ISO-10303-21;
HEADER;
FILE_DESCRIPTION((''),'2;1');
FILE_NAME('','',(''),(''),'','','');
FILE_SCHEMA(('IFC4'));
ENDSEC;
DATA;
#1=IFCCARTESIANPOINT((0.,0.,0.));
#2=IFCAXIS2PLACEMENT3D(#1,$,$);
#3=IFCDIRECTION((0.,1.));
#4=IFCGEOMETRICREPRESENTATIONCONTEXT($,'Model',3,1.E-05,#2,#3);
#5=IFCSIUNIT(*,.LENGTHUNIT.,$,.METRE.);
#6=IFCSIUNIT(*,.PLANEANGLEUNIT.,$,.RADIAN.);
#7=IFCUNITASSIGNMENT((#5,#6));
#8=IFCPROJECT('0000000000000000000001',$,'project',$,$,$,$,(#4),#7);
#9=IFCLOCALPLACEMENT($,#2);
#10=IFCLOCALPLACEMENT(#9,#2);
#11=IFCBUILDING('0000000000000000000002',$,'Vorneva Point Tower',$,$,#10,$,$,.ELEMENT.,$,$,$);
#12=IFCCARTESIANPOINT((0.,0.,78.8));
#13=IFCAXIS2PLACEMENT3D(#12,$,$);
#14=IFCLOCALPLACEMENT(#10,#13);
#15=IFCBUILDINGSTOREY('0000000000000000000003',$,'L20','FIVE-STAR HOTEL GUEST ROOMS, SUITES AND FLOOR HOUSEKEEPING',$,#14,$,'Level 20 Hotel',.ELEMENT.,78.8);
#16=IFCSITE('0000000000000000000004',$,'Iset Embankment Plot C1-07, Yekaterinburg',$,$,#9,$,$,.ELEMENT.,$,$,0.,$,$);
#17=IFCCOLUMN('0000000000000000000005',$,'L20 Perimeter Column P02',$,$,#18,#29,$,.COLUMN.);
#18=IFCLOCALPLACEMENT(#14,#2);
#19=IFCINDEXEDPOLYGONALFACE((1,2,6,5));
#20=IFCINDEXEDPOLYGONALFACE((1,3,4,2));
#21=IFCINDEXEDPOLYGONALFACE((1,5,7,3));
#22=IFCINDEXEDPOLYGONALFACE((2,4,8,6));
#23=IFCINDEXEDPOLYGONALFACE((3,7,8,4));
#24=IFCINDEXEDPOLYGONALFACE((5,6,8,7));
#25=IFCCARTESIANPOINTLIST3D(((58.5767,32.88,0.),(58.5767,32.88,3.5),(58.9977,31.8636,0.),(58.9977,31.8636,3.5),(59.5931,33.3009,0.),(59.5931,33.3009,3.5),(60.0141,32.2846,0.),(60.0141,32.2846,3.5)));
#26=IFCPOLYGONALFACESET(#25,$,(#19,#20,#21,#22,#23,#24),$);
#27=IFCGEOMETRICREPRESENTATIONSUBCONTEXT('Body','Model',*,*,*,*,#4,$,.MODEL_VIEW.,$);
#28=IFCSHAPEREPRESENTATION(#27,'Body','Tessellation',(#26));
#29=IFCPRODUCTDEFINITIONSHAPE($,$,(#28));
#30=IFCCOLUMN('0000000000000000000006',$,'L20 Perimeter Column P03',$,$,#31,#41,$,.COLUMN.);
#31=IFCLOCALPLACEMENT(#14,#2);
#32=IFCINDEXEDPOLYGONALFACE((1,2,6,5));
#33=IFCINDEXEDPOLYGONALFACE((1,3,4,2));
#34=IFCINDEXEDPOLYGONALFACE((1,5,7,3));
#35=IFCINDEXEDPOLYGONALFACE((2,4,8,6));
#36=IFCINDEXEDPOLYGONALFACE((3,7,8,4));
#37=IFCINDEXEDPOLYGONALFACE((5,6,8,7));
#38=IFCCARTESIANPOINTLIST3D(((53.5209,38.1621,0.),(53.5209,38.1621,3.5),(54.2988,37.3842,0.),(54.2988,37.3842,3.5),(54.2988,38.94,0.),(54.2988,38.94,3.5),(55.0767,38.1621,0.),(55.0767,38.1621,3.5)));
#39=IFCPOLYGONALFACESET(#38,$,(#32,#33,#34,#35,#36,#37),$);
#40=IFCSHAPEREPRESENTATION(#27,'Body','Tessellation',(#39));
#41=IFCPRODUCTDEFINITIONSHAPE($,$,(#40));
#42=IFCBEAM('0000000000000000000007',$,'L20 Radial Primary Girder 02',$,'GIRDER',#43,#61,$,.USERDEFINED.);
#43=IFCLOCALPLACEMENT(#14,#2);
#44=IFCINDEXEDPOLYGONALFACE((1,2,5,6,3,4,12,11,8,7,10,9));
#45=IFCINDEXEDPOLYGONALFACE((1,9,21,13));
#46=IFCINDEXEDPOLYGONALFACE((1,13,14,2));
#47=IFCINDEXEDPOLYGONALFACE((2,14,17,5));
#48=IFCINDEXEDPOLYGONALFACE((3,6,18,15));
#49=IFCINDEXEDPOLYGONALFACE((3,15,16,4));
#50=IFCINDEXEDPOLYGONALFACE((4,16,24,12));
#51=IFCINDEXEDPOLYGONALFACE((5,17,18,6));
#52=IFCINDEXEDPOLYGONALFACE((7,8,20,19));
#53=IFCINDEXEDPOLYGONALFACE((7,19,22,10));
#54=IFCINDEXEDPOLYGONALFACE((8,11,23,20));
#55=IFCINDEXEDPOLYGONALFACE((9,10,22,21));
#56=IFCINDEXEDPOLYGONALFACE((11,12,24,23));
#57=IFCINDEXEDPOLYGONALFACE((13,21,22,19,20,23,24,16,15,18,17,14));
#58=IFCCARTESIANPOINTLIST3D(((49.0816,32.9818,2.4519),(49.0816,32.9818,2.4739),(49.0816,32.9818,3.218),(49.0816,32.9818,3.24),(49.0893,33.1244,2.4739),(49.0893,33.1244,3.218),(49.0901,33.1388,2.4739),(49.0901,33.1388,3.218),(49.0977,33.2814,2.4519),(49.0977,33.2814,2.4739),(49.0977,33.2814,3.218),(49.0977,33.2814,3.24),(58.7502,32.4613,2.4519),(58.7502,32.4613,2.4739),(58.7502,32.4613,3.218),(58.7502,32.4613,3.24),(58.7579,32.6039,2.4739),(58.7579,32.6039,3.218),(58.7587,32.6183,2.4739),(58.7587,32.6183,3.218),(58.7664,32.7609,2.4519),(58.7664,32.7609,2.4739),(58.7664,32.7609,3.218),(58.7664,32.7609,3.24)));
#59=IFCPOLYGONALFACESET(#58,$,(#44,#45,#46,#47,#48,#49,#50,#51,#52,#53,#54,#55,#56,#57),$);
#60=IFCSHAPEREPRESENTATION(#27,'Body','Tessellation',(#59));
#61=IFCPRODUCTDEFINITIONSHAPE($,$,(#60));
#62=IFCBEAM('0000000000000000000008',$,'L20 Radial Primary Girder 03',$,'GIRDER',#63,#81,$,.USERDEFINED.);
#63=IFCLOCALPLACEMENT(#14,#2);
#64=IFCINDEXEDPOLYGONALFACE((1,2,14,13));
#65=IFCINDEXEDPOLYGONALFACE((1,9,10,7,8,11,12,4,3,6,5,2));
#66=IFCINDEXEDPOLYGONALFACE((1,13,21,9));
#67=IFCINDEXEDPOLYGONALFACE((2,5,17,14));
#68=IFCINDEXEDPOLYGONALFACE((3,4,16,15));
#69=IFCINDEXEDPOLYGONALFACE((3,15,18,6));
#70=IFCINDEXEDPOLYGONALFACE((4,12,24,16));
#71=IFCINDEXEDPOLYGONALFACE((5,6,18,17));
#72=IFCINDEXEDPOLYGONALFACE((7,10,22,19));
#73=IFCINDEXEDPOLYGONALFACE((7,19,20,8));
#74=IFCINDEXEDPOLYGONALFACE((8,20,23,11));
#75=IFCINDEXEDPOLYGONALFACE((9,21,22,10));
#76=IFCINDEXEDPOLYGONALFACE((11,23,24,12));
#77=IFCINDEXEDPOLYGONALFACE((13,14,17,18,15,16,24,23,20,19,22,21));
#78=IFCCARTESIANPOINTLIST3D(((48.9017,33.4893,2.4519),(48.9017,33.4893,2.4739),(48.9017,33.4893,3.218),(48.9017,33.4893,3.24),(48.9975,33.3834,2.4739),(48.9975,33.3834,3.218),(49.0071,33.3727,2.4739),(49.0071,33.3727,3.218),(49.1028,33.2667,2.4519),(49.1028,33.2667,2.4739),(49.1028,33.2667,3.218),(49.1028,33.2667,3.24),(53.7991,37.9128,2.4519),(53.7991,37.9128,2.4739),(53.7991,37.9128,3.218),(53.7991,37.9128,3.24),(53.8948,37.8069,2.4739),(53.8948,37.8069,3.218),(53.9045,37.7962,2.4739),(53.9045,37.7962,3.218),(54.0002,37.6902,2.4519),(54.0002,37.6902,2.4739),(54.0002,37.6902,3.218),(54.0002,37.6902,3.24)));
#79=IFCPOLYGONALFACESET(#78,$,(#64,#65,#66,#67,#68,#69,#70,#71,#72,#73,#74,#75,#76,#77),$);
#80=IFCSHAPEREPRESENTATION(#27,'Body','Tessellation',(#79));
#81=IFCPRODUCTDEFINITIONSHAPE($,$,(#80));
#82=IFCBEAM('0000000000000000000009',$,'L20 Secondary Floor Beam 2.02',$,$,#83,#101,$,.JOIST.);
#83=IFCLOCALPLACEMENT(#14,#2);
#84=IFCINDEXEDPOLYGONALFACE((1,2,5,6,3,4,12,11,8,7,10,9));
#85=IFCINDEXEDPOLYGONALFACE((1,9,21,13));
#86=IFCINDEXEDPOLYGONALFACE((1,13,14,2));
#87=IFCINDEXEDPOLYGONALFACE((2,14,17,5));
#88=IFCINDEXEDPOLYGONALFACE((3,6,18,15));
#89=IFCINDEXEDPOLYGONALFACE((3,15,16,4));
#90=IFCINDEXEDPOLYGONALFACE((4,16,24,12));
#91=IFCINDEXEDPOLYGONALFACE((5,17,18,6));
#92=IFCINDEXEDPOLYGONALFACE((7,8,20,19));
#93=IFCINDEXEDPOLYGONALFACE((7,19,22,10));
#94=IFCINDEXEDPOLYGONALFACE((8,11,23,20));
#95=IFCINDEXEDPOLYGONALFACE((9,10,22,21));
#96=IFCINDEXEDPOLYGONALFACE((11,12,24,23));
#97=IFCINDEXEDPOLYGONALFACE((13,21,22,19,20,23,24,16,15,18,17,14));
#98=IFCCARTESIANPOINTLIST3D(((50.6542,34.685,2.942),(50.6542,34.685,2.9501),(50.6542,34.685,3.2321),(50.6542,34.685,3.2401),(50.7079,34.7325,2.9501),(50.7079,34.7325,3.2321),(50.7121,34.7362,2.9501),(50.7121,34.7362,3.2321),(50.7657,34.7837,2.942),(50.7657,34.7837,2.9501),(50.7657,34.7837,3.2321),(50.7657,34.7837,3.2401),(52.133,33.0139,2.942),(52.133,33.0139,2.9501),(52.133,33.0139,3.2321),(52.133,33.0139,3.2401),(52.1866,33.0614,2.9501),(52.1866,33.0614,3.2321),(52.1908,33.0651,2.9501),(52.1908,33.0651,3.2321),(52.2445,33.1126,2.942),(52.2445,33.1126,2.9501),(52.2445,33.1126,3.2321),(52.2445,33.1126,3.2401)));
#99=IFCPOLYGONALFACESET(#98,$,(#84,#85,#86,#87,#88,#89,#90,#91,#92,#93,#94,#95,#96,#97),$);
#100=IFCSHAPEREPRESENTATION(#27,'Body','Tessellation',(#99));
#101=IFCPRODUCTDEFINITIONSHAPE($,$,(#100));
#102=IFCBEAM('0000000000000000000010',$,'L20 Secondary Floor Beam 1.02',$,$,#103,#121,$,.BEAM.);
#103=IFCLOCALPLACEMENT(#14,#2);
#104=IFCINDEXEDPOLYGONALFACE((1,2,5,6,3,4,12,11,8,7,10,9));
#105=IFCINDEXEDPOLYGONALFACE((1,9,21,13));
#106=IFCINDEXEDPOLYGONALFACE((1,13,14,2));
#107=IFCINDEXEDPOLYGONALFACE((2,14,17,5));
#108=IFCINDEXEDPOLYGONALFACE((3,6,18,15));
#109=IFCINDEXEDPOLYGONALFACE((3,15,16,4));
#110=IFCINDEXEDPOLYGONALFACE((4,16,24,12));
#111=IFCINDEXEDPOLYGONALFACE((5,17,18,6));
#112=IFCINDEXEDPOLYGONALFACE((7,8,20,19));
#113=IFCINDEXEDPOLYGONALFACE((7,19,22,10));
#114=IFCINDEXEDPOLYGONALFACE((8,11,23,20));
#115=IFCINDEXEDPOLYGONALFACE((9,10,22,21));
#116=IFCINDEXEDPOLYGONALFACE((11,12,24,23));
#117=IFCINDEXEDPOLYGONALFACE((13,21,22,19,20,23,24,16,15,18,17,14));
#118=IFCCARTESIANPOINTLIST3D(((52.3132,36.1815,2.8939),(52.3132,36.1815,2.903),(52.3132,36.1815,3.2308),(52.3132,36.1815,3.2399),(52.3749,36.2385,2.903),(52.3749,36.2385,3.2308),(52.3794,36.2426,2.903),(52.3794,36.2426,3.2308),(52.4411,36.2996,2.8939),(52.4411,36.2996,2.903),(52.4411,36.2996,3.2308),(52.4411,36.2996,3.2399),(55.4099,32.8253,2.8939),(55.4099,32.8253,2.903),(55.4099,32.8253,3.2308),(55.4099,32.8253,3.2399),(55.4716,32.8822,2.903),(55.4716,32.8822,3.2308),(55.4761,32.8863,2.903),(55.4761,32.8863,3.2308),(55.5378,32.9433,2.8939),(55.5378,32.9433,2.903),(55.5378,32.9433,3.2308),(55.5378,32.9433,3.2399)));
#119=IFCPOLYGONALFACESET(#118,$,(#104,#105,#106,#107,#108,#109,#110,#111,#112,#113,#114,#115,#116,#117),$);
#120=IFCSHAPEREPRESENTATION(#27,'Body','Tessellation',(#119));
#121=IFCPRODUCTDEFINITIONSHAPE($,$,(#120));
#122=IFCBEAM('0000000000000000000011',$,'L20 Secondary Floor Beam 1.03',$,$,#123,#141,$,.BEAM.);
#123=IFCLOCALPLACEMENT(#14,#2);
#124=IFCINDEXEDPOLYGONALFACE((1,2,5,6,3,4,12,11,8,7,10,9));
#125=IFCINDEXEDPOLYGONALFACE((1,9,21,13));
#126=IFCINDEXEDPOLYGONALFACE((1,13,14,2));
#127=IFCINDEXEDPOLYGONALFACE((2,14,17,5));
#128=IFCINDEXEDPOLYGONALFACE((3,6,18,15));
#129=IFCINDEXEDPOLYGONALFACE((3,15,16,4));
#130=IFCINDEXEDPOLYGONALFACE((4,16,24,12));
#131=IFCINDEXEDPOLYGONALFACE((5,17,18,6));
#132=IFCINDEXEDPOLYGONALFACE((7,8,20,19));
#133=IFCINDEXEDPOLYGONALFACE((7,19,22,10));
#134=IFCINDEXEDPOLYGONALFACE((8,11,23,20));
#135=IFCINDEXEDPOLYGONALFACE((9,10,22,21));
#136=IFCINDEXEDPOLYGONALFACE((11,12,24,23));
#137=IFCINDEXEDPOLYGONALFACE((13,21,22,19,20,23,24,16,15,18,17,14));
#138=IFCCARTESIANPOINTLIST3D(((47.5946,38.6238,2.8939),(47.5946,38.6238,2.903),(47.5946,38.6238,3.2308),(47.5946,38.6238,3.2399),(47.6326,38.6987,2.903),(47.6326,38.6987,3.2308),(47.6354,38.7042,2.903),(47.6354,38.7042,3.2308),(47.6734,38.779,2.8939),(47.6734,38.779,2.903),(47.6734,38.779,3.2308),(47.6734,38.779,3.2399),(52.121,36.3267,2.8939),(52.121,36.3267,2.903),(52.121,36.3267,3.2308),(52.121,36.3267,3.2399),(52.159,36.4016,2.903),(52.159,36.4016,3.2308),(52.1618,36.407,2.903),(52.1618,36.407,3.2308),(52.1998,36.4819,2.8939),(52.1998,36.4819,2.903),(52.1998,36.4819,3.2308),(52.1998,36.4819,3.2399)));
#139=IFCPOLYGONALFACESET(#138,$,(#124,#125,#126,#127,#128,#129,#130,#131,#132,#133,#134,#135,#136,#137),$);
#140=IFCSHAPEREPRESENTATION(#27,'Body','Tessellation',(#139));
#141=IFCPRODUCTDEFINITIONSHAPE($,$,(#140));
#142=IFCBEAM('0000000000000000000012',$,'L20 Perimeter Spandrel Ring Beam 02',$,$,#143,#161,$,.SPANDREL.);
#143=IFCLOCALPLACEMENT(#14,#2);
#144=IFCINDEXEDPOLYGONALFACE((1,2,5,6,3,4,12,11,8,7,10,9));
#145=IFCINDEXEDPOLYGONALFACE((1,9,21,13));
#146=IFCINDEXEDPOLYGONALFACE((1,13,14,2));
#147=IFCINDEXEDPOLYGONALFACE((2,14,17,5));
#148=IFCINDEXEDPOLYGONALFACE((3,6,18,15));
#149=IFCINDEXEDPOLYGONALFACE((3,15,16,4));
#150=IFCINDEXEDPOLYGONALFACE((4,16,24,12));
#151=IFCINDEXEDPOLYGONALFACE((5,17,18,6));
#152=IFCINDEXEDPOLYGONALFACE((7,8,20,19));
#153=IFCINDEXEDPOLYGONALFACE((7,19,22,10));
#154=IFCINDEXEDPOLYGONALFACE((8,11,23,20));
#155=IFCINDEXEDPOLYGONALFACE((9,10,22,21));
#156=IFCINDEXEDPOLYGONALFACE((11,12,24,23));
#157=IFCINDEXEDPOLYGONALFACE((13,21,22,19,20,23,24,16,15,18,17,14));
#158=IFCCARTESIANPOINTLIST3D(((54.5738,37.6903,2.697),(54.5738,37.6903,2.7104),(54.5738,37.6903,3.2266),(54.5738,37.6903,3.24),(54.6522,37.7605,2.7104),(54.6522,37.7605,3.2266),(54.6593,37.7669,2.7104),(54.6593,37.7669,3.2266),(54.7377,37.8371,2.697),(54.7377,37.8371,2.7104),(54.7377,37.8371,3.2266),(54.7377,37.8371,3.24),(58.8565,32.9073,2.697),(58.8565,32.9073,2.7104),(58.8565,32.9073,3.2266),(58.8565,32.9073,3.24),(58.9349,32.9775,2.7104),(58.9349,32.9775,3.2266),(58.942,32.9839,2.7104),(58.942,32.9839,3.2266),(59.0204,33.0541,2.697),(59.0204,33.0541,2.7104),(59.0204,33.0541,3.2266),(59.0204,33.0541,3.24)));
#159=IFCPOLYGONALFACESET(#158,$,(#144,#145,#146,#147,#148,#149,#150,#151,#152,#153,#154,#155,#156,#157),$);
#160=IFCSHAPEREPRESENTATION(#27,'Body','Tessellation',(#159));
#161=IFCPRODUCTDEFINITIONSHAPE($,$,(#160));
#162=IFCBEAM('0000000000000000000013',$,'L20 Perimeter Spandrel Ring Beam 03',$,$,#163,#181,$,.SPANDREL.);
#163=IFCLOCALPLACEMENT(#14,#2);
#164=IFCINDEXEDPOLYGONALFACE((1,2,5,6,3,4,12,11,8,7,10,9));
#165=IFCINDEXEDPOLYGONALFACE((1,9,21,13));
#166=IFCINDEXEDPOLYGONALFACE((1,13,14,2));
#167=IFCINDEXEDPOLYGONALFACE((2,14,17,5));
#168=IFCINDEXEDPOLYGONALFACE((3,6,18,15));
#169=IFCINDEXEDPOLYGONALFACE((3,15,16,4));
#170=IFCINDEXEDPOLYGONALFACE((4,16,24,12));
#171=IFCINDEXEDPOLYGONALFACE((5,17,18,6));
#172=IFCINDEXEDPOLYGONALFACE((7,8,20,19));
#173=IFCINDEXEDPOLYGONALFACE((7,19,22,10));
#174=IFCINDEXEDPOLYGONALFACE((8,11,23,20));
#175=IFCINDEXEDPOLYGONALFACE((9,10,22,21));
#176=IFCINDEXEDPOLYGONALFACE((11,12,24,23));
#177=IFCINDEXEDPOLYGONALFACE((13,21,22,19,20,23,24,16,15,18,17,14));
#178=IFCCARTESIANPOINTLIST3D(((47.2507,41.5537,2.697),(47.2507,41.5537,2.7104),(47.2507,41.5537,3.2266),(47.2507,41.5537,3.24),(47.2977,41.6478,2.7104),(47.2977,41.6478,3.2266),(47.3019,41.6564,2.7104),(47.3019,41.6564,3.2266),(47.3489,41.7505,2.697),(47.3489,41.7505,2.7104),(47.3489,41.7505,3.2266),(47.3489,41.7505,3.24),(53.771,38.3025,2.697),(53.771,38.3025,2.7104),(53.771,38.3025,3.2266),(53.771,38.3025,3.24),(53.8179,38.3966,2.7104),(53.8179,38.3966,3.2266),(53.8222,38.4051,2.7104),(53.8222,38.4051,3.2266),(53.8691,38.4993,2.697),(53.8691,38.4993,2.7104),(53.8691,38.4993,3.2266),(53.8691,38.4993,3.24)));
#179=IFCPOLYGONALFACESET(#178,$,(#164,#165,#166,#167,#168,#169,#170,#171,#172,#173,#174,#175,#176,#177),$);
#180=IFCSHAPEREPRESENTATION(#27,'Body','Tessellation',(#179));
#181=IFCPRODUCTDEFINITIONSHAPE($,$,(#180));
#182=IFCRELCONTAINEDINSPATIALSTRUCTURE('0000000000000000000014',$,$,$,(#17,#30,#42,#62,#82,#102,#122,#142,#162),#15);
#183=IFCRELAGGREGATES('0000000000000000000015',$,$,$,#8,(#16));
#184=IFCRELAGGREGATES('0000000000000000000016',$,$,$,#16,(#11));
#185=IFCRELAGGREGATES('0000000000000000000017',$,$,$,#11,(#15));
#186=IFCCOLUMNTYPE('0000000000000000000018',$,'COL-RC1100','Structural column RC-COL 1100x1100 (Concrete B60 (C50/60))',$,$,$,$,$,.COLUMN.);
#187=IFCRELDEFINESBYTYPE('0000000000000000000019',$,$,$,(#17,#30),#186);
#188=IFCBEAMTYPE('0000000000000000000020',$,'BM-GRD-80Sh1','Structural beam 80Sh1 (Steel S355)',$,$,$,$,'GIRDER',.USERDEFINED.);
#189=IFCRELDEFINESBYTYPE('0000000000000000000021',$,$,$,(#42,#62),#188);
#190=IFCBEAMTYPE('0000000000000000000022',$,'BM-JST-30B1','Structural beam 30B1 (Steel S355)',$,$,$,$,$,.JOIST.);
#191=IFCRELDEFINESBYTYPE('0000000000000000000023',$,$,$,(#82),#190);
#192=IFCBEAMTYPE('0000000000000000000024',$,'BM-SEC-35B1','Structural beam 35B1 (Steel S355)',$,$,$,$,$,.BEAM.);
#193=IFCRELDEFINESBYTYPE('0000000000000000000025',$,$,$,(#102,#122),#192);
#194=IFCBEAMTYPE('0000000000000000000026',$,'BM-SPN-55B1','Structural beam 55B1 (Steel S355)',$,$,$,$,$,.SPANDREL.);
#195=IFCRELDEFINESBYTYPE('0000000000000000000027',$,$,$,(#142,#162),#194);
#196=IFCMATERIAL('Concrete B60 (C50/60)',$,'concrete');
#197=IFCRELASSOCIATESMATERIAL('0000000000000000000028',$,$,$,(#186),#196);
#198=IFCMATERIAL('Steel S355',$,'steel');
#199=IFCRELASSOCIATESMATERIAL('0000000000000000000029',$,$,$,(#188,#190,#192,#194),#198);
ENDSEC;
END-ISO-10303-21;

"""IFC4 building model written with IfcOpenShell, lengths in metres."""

from ifc_helpers import new_model, si_unit, direction, frame, origin, origin_2d, place, context, subcontext, project, spatial, rectangle, i_section, extrude, material, material_profile, profile_set, type_object, element, save


model = new_model("IFC4")

# Units and contexts
model_context = context("Model", 3, precision=1e-05, world=origin(), true_north=direction((0.0, 1.0)))
body_context = subcontext(model_context, "Body", "Model", "MODEL_VIEW")
ifc_project = project(units=[si_unit("LENGTHUNIT", "METRE"), si_unit("PLANEANGLEUNIT", "RADIAN")], contexts=[model_context])

# Site, building, storey
site_placement = place(None, origin())
site = spatial("IfcSite", under=ifc_project, at=site_placement, Name="Iset Embankment Plot C1-07, Yekaterinburg", CompositionType="ELEMENT", RefElevation=0.0)
building_placement = place(site_placement, origin())
building = spatial("IfcBuilding", under=site, at=building_placement, Name="Vorneva Point Tower", CompositionType="ELEMENT")
storey_placement = place(building_placement, frame((0.0, 0.0, 78.8)))
storey = spatial("IfcBuildingStorey", under=building, at=storey_placement, Name="L20", Description="FIVE-STAR HOTEL GUEST ROOMS, SUITES AND FLOOR HOUSEKEEPING", LongName="Level 20 Hotel", CompositionType="ELEMENT", Elevation=78.8)

# Columns
ifc_material_1 = material(Name="Concrete B60 (C50/60)", Category="concrete")
ifc_material_profile_1 = material_profile(ifc_material_1, rectangle(XDim=1.1001, YDim=1.1001, at=origin_2d()), Name="RC-COL 1100x1100")
ifc_profile_set_1 = profile_set([ifc_material_profile_1], Name="Concrete B60 (C50/60)")
column_type = type_object("IfcColumnType", Name="COL-RC1100", Description="Structural column RC-COL 1100x1100 (Concrete B60 (C50/60))", PredefinedType="COLUMN", material=ifc_profile_set_1)
for number, where, z_axis, x_axis, name in (
    (1, (59.2954, 32.5823, 0.0), (0.0, 0.0, 1.0), (0.92388, 0.382683, 0.0), "L20 Perimeter Column P02"),
    (2, (54.2988, 38.1621, 0.0), (0.0, 0.0, 1.0), (0.707107, 0.707107, 0.0), "L20 Perimeter Column P03"),
):
    element("IfcColumn", number, at=place(storey_placement, frame(where, z_axis=z_axis, x_axis=x_axis)), inside=storey, type_object=column_type, Name=name, PredefinedType="COLUMN", context=body_context, shape_type="SweptSolid", body=[
        extrude(rectangle(XDim=1.1001, YDim=1.1001, at=origin_2d()), origin(), (0.0, 0.0, 1.0), 3.5),
    ])

# Beams
ifc_material_2 = material(Name="Steel S355", Category="steel")
ifc_material_profile_2 = material_profile(ifc_material_2, i_section(OverallWidth=0.3, OverallDepth=0.7881, WebThickness=0.0144, FlangeThickness=0.022, at=origin_2d()), Name="80Sh1")
ifc_profile_set_2 = profile_set([ifc_material_profile_2], Name="Steel S355")
beam_type_1 = type_object("IfcBeamType", Name="BM-GRD-80Sh1", Description="Structural beam 80Sh1 (Steel S355)", ElementType="GIRDER", PredefinedType="USERDEFINED", material=ifc_profile_set_2)
beam_1_placement = place(storey_placement, frame((58.7583, 32.6111, 2.8459), z_axis=(-0.998554, 0.053756, 0.0), x_axis=(-0.053756, -0.998554, 0.0)))
element("IfcBeam", 3, at=beam_1_placement, inside=storey, type_object=beam_type_1, Name="L20 Radial Primary Girder 02", ObjectType="GIRDER", PredefinedType="USERDEFINED", context=body_context, shape_type="SweptSolid", body=[
    extrude(i_section(OverallWidth=0.3, OverallDepth=0.7881, WebThickness=0.0144, FlangeThickness=0.022, at=origin_2d()), origin(), (0.0, 0.0, 1.0), 9.6826),
])
beam_2_placement = place(storey_placement, frame((53.8997, 37.8015, 2.8459), z_axis=(-0.742097, -0.670292, 0.0), x_axis=(0.670292, -0.742097, 0.0)))
element("IfcBeam", 4, at=beam_2_placement, inside=storey, type_object=beam_type_1, Name="L20 Radial Primary Girder 03", ObjectType="GIRDER", PredefinedType="USERDEFINED", context=body_context, shape_type="SweptSolid", body=[
    extrude(i_section(OverallWidth=0.3, OverallDepth=0.7881, WebThickness=0.0144, FlangeThickness=0.022, at=origin_2d()), origin(), (0.0, 0.0, 1.0), 6.5994),
])
ifc_material_profile_3 = material_profile(ifc_material_2, i_section(OverallWidth=0.1489, OverallDepth=0.2981, WebThickness=0.0056, FlangeThickness=0.0081, at=origin_2d()), Name="30B1")
ifc_profile_set_3 = profile_set([ifc_material_profile_3], Name="Steel S355")
beam_type_2 = type_object("IfcBeamType", Name="BM-JST-30B1", Description="Structural beam 30B1 (Steel S355)", PredefinedType="JOIST", material=ifc_profile_set_3)
beam_3_placement = place(storey_placement, frame((52.1887, 33.0632, 3.0911), z_axis=(-0.662685, 0.748898, 0.0), x_axis=(-0.748898, -0.662685, 0.0)))
element("IfcBeam", 5, at=beam_3_placement, inside=storey, type_object=beam_type_2, Name="L20 Secondary Floor Beam 2.02", PredefinedType="JOIST", context=body_context, shape_type="SweptSolid", body=[
    extrude(i_section(OverallWidth=0.1489, OverallDepth=0.2981, WebThickness=0.0056, FlangeThickness=0.0081, at=origin_2d()), origin(), (0.0, 0.0, 1.0), 2.2314),
])
ifc_material_profile_4 = material_profile(ifc_material_2, i_section(OverallWidth=0.1741, OverallDepth=0.3459, WebThickness=0.0061, FlangeThickness=0.009, at=origin_2d()), Name="35B1")
ifc_profile_set_4 = profile_set([ifc_material_profile_4], Name="Steel S355")
beam_type_3 = type_object("IfcBeamType", Name="BM-SEC-35B1", Description="Structural beam 35B1 (Steel S355)", PredefinedType="BEAM", material=ifc_profile_set_4)
beam_4_placement = place(storey_placement, frame((55.4739, 32.8843, 3.0669), z_axis=(-0.67812, 0.734951, 0.0), x_axis=(-0.734951, -0.67812, 0.0)))
element("IfcBeam", 6, at=beam_4_placement, inside=storey, type_object=beam_type_3, Name="L20 Secondary Floor Beam 1.02", PredefinedType="BEAM", context=body_context, shape_type="SweptSolid", body=[
    extrude(i_section(OverallWidth=0.1741, OverallDepth=0.3459, WebThickness=0.0061, FlangeThickness=0.009, at=origin_2d()), origin(), (0.0, 0.0, 1.0), 4.5667),
])
beam_5_placement = place(storey_placement, frame((52.1604, 36.4043, 3.0669), z_axis=(-0.891737, 0.452554, 0.0), x_axis=(-0.452554, -0.891737, 0.0)))
element("IfcBeam", 7, at=beam_5_placement, inside=storey, type_object=beam_type_3, Name="L20 Secondary Floor Beam 1.03", PredefinedType="BEAM", context=body_context, shape_type="SweptSolid", body=[
    extrude(i_section(OverallWidth=0.1741, OverallDepth=0.3459, WebThickness=0.0061, FlangeThickness=0.009, at=origin_2d()), origin(), (0.0, 0.0, 1.0), 5.0759),
])
ifc_material_profile_5 = material_profile(ifc_material_2, i_section(OverallWidth=0.22, OverallDepth=0.543, WebThickness=0.0095, FlangeThickness=0.0134, at=origin_2d()), Name="55B1")
ifc_profile_set_5 = profile_set([ifc_material_profile_5], Name="Steel S355")
beam_type_4 = type_object("IfcBeamType", Name="BM-SPN-55B1", Description="Structural beam 55B1 (Steel S355)", PredefinedType="SPANDREL", material=ifc_profile_set_5)
beam_6_placement = place(storey_placement, frame((58.9385, 32.9807, 2.9685), z_axis=(-0.667074, 0.744992, 0.0), x_axis=(-0.744992, -0.667074, 0.0)))
element("IfcBeam", 8, at=beam_6_placement, inside=storey, type_object=beam_type_4, Name="L20 Perimeter Spandrel Ring Beam 02", PredefinedType="SPANDREL", context=body_context, shape_type="SweptSolid", body=[
    extrude(i_section(OverallWidth=0.22, OverallDepth=0.543, WebThickness=0.0095, FlangeThickness=0.0134, at=origin_2d()), origin(), (0.0, 0.0, 1.0), 6.4202),
])
beam_7_placement = place(storey_placement, frame((53.8201, 38.4009, 2.9685), z_axis=(-0.894916, 0.446235, 0.0), x_axis=(-0.446235, -0.894916, 0.0)))
element("IfcBeam", 9, at=beam_7_placement, inside=storey, type_object=beam_type_4, Name="L20 Perimeter Spandrel Ring Beam 03", PredefinedType="SPANDREL", context=body_context, shape_type="SweptSolid", body=[
    extrude(i_section(OverallWidth=0.22, OverallDepth=0.543, WebThickness=0.0095, FlangeThickness=0.0134, at=origin_2d()), origin(), (0.0, 0.0, 1.0), 7.2859),
])

save(model, "model.ifc")
